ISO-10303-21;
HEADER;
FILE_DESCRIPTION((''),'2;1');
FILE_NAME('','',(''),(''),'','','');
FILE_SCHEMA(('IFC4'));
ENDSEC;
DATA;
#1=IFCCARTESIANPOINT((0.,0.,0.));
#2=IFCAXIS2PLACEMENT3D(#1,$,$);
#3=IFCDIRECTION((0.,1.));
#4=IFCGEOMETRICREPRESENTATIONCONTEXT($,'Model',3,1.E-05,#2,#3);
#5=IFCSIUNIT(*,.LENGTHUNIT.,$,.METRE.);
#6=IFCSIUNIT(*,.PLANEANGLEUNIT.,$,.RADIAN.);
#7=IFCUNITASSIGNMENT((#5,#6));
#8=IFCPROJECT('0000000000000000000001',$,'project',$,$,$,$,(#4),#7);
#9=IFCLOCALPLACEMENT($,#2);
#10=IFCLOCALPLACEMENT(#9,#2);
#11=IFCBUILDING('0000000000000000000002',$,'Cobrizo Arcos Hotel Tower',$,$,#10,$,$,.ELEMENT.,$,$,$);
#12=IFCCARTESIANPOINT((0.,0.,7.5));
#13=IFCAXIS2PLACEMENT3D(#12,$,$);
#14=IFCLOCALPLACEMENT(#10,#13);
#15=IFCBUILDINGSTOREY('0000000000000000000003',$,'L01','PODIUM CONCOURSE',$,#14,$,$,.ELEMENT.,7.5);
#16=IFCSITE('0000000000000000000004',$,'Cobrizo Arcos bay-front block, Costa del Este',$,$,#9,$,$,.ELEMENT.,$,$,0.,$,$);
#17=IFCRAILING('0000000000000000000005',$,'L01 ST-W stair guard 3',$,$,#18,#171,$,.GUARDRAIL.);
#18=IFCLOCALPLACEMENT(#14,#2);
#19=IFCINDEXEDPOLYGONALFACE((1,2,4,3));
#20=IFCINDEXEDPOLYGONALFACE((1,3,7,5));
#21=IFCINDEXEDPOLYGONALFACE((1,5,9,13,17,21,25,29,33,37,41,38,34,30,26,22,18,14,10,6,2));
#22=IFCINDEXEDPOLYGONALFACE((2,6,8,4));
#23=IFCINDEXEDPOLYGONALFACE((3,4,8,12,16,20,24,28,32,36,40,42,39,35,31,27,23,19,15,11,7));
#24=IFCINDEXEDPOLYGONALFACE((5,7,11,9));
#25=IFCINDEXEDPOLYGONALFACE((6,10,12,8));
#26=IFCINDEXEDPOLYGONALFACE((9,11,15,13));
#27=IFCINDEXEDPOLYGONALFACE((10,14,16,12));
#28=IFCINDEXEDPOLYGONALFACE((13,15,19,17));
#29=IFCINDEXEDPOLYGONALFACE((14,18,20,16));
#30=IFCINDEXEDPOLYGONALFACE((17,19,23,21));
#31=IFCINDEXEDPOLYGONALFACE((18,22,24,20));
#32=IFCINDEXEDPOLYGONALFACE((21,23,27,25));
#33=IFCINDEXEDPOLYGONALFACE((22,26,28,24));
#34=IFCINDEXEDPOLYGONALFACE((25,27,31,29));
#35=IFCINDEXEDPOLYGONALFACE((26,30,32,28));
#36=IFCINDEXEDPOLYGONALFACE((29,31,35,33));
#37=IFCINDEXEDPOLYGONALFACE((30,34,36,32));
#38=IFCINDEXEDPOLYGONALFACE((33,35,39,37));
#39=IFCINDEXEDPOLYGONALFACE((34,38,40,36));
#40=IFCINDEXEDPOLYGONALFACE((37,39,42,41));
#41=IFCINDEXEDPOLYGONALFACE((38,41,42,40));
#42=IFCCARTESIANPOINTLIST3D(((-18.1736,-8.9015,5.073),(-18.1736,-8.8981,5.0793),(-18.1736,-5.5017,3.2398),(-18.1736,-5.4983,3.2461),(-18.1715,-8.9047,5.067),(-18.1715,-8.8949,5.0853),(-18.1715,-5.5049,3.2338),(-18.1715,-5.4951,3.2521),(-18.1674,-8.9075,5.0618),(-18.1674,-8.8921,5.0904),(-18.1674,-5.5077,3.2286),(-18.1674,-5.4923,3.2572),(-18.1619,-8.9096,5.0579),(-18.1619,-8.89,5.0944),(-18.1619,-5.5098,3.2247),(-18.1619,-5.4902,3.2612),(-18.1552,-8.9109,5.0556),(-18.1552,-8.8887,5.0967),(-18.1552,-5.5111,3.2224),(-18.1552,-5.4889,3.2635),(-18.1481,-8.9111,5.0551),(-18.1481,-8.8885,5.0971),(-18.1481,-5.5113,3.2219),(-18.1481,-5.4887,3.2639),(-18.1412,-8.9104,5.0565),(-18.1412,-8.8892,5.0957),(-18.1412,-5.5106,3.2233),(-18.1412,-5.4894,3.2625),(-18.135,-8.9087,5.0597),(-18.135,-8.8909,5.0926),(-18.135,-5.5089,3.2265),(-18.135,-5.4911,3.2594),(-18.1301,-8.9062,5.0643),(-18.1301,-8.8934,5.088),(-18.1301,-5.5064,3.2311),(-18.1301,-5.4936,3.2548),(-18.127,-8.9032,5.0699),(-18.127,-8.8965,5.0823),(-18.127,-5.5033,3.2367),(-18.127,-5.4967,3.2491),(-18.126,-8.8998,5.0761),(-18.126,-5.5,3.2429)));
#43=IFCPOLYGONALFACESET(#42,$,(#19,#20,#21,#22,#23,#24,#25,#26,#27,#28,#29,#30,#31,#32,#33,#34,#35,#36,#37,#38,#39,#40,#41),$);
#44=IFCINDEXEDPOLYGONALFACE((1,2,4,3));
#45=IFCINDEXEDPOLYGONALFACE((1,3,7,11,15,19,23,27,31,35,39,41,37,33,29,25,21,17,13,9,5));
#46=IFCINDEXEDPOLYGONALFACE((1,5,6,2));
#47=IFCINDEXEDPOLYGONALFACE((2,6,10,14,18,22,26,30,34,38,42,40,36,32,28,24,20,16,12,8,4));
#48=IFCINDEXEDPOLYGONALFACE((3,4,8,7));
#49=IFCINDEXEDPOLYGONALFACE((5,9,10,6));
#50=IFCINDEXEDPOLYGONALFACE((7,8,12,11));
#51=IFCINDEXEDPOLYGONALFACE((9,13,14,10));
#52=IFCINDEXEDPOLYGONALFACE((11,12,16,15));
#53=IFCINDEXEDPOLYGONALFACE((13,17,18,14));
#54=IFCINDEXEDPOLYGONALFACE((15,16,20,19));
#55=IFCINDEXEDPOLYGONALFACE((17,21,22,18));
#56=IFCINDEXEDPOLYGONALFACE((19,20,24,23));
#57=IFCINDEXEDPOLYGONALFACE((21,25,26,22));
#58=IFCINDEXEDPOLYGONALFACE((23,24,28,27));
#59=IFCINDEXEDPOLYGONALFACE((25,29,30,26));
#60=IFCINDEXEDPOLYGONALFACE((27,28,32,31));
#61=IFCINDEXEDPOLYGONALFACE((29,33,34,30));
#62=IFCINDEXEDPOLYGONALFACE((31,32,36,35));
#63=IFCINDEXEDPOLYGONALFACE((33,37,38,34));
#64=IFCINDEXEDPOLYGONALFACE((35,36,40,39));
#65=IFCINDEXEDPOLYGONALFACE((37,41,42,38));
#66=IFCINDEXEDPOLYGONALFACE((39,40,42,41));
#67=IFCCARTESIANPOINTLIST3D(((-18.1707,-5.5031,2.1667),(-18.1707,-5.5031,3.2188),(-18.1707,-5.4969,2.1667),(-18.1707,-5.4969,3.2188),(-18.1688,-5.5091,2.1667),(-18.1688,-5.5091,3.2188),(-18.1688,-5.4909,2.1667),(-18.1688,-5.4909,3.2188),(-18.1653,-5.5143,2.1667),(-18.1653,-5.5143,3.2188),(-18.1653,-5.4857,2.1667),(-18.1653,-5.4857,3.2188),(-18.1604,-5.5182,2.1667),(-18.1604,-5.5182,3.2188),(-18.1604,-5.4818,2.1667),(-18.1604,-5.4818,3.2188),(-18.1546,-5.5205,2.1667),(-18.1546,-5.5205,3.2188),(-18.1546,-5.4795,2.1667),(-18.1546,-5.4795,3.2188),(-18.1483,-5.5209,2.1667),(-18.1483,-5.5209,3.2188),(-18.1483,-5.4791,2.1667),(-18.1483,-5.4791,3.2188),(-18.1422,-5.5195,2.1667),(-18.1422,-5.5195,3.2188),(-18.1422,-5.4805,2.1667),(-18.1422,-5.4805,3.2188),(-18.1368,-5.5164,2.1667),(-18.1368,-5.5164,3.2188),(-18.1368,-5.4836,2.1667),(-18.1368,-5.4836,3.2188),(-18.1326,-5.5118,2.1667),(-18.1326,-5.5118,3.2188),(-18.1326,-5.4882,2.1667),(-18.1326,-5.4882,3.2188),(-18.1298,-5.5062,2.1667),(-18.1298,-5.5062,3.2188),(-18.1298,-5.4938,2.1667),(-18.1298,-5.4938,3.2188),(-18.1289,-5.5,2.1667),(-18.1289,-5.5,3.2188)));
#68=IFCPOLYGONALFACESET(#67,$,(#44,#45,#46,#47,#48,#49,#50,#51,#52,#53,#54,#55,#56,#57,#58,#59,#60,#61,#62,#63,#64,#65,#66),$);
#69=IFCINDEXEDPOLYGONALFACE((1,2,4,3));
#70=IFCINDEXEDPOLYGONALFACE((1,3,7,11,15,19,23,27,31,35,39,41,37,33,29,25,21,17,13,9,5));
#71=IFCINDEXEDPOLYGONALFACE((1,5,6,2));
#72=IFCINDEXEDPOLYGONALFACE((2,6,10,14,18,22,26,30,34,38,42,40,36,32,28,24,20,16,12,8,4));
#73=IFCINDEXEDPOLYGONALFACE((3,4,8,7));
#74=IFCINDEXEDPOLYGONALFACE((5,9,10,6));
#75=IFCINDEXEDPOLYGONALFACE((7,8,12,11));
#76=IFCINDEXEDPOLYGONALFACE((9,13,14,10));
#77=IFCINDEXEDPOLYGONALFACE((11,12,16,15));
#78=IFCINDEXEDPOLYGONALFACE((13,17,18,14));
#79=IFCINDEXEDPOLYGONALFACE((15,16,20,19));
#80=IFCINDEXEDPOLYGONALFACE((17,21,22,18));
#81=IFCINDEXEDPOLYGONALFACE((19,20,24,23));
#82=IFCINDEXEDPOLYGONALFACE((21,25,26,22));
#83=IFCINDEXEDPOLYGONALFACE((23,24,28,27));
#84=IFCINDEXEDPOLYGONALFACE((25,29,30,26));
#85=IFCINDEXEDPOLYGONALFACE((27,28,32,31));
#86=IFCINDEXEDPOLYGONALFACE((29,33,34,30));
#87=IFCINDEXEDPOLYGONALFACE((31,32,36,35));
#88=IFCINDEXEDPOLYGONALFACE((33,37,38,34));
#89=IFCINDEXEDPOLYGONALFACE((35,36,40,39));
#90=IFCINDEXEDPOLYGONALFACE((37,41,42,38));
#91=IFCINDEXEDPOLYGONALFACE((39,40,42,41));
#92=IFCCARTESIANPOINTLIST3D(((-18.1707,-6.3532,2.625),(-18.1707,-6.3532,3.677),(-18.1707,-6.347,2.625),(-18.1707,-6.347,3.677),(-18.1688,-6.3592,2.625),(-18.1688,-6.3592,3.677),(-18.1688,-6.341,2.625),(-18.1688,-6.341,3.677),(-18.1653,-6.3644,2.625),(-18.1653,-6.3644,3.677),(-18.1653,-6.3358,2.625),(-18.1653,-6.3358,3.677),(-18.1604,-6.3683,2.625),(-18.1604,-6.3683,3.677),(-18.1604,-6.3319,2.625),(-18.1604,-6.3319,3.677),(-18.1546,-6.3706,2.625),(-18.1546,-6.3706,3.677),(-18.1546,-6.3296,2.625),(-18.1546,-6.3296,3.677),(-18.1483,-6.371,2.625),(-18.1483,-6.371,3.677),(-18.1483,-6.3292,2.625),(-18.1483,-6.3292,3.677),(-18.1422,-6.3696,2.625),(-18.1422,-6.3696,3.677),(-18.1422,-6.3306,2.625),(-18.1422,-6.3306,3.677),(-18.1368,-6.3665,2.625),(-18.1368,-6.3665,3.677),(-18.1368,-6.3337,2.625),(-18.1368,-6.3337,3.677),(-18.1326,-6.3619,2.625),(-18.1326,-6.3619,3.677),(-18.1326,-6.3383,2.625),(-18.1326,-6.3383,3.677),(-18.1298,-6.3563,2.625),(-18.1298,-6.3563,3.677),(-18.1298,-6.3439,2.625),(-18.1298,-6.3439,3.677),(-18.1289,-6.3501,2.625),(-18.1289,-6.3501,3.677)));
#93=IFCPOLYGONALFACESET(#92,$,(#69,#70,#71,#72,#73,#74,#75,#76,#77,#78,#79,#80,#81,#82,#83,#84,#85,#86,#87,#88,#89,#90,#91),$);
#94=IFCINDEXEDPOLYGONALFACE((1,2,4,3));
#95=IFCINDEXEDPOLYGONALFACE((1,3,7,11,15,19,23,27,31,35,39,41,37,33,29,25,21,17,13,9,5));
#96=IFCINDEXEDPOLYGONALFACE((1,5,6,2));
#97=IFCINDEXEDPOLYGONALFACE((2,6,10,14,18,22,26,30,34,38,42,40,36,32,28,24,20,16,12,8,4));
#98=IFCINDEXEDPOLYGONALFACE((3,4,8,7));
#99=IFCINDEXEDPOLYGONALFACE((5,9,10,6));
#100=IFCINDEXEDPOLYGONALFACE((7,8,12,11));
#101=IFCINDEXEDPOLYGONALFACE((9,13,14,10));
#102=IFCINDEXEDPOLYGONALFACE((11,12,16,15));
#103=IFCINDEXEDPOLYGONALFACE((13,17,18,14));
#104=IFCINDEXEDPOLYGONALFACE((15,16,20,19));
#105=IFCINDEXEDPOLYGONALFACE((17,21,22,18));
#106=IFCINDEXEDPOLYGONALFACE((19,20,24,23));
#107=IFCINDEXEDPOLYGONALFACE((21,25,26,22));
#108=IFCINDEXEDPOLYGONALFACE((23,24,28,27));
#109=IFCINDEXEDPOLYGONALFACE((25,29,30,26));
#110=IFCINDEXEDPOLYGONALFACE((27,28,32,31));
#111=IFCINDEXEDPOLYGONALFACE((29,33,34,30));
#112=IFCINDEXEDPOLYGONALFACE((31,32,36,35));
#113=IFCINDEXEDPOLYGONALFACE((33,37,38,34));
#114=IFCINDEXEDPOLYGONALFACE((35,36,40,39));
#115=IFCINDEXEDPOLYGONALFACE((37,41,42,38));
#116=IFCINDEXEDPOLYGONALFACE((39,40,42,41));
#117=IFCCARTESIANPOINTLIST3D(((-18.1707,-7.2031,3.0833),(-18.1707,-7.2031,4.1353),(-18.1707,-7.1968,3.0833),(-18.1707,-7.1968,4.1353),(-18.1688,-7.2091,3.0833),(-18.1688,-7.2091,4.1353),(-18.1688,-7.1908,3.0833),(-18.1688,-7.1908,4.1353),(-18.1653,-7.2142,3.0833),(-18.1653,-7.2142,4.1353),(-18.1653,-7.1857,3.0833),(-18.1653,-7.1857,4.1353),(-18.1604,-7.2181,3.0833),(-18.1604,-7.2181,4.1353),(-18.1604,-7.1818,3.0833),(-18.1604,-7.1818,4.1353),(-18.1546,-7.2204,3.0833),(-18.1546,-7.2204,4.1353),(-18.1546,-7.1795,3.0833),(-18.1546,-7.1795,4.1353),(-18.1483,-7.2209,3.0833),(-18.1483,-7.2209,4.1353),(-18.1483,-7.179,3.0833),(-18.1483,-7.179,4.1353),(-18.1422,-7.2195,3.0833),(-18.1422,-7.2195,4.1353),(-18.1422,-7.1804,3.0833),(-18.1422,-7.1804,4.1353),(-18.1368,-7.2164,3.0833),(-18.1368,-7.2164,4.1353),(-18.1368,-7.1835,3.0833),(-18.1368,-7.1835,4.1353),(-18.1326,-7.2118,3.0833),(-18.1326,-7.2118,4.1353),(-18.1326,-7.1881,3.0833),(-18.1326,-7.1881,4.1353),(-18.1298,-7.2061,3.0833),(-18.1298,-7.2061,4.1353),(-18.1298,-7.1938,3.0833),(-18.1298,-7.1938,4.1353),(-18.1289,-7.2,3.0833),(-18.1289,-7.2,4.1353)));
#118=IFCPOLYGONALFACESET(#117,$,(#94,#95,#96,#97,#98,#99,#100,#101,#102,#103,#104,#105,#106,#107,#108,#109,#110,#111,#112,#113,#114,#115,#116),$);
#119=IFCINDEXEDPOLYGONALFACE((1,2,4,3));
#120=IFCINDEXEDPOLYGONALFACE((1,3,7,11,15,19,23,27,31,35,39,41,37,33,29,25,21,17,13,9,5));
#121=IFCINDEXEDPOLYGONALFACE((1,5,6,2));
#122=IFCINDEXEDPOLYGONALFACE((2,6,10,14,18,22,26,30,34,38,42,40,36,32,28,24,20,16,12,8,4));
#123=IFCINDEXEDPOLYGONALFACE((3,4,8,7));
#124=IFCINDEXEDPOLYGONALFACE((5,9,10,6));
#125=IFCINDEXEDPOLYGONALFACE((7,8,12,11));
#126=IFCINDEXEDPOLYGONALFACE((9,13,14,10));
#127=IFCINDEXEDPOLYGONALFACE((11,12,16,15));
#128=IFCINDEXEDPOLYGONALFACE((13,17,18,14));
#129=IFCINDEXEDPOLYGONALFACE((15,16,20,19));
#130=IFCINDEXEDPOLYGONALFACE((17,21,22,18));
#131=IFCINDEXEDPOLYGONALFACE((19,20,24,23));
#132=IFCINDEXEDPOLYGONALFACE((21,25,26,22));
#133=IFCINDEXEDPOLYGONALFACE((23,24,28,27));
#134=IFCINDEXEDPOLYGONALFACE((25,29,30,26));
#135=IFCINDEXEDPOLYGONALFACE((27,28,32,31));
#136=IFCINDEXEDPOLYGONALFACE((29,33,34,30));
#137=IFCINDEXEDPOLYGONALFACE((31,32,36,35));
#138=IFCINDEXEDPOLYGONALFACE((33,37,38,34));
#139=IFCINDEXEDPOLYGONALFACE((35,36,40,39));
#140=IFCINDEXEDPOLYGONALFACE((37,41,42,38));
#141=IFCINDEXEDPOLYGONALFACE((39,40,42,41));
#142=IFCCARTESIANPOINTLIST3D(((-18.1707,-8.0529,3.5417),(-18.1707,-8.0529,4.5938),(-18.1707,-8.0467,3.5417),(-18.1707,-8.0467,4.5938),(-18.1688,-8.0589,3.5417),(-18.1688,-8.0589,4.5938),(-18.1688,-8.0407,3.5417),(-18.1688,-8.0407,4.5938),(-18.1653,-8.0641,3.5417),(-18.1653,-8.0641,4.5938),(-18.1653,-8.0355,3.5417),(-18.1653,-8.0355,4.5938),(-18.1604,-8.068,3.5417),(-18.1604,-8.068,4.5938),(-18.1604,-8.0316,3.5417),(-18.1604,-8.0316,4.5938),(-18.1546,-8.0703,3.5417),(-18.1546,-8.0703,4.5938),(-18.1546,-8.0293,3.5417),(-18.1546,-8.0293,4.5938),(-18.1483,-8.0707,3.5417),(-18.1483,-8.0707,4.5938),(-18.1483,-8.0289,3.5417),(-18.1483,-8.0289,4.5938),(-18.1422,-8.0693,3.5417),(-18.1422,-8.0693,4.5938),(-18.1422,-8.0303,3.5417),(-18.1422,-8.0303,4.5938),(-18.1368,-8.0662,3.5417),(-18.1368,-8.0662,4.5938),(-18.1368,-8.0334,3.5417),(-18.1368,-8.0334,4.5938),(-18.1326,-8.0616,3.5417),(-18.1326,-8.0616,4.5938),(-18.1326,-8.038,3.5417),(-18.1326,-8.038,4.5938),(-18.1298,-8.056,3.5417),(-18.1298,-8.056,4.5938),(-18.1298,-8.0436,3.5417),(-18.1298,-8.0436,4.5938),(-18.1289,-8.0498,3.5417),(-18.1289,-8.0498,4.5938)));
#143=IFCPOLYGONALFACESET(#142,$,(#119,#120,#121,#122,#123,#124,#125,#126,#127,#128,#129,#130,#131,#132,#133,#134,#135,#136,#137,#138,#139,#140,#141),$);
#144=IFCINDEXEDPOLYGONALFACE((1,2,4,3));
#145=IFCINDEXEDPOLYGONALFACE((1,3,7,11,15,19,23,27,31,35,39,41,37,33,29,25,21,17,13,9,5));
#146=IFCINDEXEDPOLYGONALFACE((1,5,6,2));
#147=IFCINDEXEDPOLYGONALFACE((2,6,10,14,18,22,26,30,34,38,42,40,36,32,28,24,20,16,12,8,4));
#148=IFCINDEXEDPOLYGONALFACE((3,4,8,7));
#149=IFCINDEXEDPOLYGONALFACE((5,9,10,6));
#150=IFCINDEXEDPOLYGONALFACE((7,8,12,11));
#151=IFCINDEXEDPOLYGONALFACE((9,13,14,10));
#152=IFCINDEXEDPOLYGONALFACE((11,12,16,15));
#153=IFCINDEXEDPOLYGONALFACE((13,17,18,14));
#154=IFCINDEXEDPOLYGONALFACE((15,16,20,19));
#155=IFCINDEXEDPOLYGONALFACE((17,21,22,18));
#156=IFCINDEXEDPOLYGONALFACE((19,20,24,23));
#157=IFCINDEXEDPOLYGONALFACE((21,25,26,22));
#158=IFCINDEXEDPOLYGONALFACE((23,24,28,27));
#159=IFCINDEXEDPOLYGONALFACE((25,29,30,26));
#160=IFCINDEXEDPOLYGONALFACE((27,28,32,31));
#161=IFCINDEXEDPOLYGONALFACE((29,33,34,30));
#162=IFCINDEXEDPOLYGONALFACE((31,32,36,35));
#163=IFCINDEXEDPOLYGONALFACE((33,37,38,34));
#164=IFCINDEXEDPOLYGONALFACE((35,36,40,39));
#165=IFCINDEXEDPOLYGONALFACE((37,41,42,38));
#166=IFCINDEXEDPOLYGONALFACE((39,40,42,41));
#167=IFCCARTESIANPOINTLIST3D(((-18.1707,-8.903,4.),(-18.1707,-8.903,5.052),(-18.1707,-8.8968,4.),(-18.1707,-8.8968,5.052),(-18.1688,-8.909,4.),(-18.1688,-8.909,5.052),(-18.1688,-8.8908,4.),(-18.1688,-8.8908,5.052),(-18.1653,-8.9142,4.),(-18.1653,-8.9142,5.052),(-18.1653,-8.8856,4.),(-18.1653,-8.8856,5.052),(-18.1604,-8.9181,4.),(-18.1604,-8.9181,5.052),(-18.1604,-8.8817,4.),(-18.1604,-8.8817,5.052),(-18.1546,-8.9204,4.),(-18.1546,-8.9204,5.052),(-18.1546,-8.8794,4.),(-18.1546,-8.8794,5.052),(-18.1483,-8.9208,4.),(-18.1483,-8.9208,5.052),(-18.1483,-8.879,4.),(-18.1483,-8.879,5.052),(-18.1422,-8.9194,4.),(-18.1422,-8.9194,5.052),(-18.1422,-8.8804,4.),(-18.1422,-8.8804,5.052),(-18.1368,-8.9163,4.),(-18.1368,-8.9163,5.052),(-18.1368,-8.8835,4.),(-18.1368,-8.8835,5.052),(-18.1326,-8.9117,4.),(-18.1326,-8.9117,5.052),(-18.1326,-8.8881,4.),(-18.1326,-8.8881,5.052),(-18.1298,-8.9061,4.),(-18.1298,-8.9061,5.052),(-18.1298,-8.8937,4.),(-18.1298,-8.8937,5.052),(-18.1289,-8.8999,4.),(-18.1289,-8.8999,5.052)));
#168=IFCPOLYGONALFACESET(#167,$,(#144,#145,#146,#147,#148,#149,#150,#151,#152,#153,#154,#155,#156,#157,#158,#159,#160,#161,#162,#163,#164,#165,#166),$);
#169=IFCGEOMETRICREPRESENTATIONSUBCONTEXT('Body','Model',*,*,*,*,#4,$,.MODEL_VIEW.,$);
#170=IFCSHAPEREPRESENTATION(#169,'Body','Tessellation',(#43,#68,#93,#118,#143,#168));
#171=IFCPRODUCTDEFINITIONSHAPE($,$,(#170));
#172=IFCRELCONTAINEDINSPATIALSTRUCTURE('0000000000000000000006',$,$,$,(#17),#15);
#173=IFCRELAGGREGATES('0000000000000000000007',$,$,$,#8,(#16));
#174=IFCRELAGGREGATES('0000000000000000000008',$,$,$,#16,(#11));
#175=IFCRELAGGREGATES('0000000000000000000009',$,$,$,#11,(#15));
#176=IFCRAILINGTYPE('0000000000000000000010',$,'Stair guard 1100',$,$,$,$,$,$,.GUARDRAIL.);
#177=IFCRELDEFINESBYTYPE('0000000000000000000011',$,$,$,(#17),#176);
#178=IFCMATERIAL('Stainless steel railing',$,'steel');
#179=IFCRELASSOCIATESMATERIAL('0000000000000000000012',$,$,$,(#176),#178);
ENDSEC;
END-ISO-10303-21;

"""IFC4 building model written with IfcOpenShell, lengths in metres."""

from ifc_helpers import new_model, si_unit, direction, frame, origin, origin_2d, place, context, subcontext, project, spatial, circle, extrude, material, type_object, element, save


model = new_model("IFC4")

# Units and contexts
model_context = context("Model", 3, precision=1e-05, world=origin(), true_north=direction((0.0, 1.0)))
body_context = subcontext(model_context, "Body", "Model", "MODEL_VIEW")
ifc_project = project(units=[si_unit("LENGTHUNIT", "METRE"), si_unit("PLANEANGLEUNIT", "RADIAN")], contexts=[model_context])

# Site, building, storey
site_placement = place(None, origin())
site = spatial("IfcSite", under=ifc_project, at=site_placement, Name="Cobrizo Arcos bay-front block, Costa del Este", CompositionType="ELEMENT", RefElevation=0.0)
building_placement = place(site_placement, origin())
building = spatial("IfcBuilding", under=site, at=building_placement, Name="Cobrizo Arcos Hotel Tower", CompositionType="ELEMENT")
storey_placement = place(building_placement, frame((0.0, 0.0, 7.5)))
storey = spatial("IfcBuildingStorey", under=building, at=storey_placement, Name="L01", Description="PODIUM CONCOURSE", CompositionType="ELEMENT", Elevation=7.5)

# Railing
ifc_material_1 = material(Name="Stainless steel railing", Category="steel")
railing_type_1 = type_object("IfcRailingType", Name="Stair guard 1100", PredefinedType="GUARDRAIL", material=ifc_material_1)
railing_1_placement = place(storey_placement, frame((-18.1499, -5.5, 2.1667)))
element("IfcRailing", 1, at=railing_1_placement, inside=storey, type_object=railing_type_1, Name="L01 ST-W stair guard 3", PredefinedType="GUARDRAIL", context=body_context, shape_type="SweptSolid", body=[
    extrude(circle(Radius=0.0239, at=origin_2d()), frame((0.0, 0.0, 1.0762), z_axis=(0.0, -0.880197, 0.474609), x_axis=(1.0, 0.0, 0.0)), (0.0, 0.0, 1.0), 3.8625),
    extrude(circle(Radius=0.021, at=origin_2d()), origin(), (0.0, 0.0, 1.0), 1.052),
    extrude(circle(Radius=0.021, at=origin_2d()), frame((0.0, -0.8501, 0.4583)), (0.0, 0.0, 1.0), 1.052),
    extrude(circle(Radius=0.021, at=origin_2d()), frame((0.0, -1.7, 0.9165)), (0.0, 0.0, 1.0), 1.052),
    extrude(circle(Radius=0.021, at=origin_2d()), frame((0.0, -2.5498, 1.375)), (0.0, 0.0, 1.0), 1.052),
    extrude(circle(Radius=0.021, at=origin_2d()), frame((0.0, -3.3999, 1.8333)), (0.0, 0.0, 1.0), 1.052),
])

save(model, "model.ifc")
